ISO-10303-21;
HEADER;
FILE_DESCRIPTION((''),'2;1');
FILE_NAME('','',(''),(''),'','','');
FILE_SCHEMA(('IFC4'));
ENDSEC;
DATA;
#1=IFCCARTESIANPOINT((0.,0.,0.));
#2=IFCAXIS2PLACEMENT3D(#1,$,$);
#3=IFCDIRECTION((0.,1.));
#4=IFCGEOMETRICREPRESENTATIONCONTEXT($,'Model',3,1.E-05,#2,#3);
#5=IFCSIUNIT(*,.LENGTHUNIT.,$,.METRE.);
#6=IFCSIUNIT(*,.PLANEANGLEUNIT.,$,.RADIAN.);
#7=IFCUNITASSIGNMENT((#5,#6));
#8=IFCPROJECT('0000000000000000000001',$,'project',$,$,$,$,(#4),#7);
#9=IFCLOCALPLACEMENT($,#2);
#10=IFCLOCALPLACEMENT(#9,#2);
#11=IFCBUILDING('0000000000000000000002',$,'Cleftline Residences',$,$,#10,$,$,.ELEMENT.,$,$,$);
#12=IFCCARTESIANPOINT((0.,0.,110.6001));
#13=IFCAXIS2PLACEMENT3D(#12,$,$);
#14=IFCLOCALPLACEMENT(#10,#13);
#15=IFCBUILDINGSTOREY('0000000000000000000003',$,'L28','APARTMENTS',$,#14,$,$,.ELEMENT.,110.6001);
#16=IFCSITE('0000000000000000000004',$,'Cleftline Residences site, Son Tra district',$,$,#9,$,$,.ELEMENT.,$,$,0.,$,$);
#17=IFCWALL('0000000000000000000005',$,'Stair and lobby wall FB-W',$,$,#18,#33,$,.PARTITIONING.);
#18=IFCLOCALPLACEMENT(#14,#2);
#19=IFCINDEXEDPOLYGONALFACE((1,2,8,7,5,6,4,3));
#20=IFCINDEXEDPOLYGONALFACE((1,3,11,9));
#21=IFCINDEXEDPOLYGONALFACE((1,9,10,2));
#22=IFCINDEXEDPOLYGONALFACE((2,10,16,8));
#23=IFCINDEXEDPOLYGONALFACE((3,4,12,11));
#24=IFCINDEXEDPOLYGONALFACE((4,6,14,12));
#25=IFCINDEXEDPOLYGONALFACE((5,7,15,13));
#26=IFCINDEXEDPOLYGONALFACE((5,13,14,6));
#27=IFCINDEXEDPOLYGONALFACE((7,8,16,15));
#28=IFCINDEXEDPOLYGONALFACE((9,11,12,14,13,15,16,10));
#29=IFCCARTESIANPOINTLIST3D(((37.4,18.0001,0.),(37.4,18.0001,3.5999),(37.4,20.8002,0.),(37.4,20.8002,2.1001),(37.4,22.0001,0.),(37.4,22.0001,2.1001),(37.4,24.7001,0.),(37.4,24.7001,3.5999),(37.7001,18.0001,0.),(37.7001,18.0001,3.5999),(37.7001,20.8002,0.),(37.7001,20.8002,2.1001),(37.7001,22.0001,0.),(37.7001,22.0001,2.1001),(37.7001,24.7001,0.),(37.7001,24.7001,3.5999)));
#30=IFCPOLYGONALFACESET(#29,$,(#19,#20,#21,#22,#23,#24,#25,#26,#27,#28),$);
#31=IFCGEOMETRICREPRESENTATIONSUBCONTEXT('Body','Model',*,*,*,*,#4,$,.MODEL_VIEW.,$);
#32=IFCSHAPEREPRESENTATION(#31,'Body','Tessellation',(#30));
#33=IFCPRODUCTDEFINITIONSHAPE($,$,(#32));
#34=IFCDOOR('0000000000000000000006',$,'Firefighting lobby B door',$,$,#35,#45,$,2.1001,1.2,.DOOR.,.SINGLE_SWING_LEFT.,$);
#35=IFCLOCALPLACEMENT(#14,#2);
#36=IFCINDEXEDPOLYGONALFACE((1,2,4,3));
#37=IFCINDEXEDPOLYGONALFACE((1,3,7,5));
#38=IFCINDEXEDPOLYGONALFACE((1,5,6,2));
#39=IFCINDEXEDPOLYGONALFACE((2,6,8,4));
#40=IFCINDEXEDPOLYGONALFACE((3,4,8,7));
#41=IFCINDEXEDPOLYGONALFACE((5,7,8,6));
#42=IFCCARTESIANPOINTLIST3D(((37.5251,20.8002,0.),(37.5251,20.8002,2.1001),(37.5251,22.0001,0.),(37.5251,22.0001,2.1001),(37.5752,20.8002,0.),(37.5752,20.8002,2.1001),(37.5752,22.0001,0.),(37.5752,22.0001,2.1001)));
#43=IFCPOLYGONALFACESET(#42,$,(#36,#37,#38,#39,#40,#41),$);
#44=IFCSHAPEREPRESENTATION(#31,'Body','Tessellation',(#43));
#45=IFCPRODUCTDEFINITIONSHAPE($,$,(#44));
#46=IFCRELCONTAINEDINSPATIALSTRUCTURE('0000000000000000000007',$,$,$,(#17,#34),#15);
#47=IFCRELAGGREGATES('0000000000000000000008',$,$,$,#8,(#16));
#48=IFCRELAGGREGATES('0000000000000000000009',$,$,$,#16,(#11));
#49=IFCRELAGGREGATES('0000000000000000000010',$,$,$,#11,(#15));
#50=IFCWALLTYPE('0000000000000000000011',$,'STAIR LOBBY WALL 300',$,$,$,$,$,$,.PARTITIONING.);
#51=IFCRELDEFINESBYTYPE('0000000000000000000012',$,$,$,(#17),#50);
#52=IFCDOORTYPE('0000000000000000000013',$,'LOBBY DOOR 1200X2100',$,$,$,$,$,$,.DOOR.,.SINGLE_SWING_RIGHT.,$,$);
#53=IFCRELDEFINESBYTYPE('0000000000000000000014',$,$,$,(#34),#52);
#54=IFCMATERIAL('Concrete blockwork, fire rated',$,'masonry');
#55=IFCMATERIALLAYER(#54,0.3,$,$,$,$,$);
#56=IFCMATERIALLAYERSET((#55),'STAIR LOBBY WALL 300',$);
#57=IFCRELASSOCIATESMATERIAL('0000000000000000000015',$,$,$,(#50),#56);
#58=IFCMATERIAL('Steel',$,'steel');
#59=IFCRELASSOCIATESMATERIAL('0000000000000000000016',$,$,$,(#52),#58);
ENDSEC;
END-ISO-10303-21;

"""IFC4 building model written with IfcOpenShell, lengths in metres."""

from ifc_helpers import new_model, si_unit, direction, frame, frame_2d, origin, place, context, subcontext, project, spatial, rectangle, extrude, material, layer, layer_set, type_object, element, fill, save


model = new_model("IFC4")

# Units and contexts
model_context = context("Model", 3, precision=1e-05, world=origin(), true_north=direction((0.0, 1.0)))
body_context = subcontext(model_context, "Body", "Model", "MODEL_VIEW")
ifc_project = project(units=[si_unit("LENGTHUNIT", "METRE"), si_unit("PLANEANGLEUNIT", "RADIAN")], contexts=[model_context])

# Site, building, storey
site_placement = place(None, origin())
site = spatial("IfcSite", under=ifc_project, at=site_placement, Name="Cleftline Residences site, Son Tra district", CompositionType="ELEMENT", RefElevation=0.0)
building_placement = place(site_placement, origin())
building = spatial("IfcBuilding", under=site, at=building_placement, Name="Cleftline Residences", CompositionType="ELEMENT")
storey_placement = place(building_placement, frame((0.0, 0.0, 110.6001)))
storey = spatial("IfcBuildingStorey", under=building, at=storey_placement, Name="L28", Description="APARTMENTS", CompositionType="ELEMENT", Elevation=110.6001)

# Wall, opening, door
ifc_material_1 = material(Name="Concrete blockwork, fire rated", Category="masonry")
ifc_layer_1 = layer(ifc_material_1, 0.3)
ifc_layer_set_1 = layer_set([ifc_layer_1], Name="STAIR LOBBY WALL 300")
wall_type_1 = type_object("IfcWallType", Name="STAIR LOBBY WALL 300", PredefinedType="PARTITIONING", material=ifc_layer_set_1)
ifc_material_2 = material(Name="Steel", Category="steel")
door_type_1 = type_object("IfcDoorType", Name="LOBBY DOOR 1200X2100", OperationType="SINGLE_SWING_RIGHT", PredefinedType="DOOR", material=ifc_material_2)
wall_1_placement = place(storey_placement, frame((37.55, 18.0, 0.0), z_axis=(0.0, 0.0, 1.0), x_axis=(0.0, 1.0, 0.0)))
wall_1 = element("IfcWall", 1, at=wall_1_placement, inside=storey, type_object=wall_type_1, Name="Stair and lobby wall FB-W", PredefinedType="PARTITIONING", context=body_context, shape_type="SweptSolid", body=[
    extrude(rectangle(XDim=6.7, YDim=0.3, at=frame_2d((3.3501, 0.0))), origin(), (0.0, 0.0, 1.0), 3.5999),
])
opening_1_placement = place(wall_1_placement, frame((2.8, 0.0, 0.0)))
opening_1 = element("IfcOpeningElement", 2, at=opening_1_placement, cuts=wall_1, PredefinedType="OPENING", context=body_context, shape_type="SweptSolid", body=[
    extrude(rectangle(XDim=1.2, YDim=2.1001, at=frame_2d((0.6001, 1.05))), frame((0.0, 0.1599, 0.0), z_axis=(0.0, -1.0, 0.0), x_axis=(1.0, 0.0, 0.0)), (0.0, 0.0, 1.0), 0.3201),
])
door_1_placement = place(opening_1_placement, origin())
door_1 = element("IfcDoor", 3, at=door_1_placement, inside=storey, type_object=door_type_1, Name="Firefighting lobby B door", OperationType="SINGLE_SWING_LEFT", OverallHeight=2.1001, OverallWidth=1.2, PredefinedType="DOOR", context=body_context, shape_type="SweptSolid", body=[
    extrude(rectangle(XDim=1.2, YDim=2.1001, at=frame_2d((0.6001, 1.05))), frame((0.0, 0.0249, 0.0), z_axis=(0.0, -1.0, 0.0), x_axis=(1.0, 0.0, 0.0)), (0.0, 0.0, 1.0), 0.05),
])
fill(opening_1, door_1)

save(model, "model.ifc")
